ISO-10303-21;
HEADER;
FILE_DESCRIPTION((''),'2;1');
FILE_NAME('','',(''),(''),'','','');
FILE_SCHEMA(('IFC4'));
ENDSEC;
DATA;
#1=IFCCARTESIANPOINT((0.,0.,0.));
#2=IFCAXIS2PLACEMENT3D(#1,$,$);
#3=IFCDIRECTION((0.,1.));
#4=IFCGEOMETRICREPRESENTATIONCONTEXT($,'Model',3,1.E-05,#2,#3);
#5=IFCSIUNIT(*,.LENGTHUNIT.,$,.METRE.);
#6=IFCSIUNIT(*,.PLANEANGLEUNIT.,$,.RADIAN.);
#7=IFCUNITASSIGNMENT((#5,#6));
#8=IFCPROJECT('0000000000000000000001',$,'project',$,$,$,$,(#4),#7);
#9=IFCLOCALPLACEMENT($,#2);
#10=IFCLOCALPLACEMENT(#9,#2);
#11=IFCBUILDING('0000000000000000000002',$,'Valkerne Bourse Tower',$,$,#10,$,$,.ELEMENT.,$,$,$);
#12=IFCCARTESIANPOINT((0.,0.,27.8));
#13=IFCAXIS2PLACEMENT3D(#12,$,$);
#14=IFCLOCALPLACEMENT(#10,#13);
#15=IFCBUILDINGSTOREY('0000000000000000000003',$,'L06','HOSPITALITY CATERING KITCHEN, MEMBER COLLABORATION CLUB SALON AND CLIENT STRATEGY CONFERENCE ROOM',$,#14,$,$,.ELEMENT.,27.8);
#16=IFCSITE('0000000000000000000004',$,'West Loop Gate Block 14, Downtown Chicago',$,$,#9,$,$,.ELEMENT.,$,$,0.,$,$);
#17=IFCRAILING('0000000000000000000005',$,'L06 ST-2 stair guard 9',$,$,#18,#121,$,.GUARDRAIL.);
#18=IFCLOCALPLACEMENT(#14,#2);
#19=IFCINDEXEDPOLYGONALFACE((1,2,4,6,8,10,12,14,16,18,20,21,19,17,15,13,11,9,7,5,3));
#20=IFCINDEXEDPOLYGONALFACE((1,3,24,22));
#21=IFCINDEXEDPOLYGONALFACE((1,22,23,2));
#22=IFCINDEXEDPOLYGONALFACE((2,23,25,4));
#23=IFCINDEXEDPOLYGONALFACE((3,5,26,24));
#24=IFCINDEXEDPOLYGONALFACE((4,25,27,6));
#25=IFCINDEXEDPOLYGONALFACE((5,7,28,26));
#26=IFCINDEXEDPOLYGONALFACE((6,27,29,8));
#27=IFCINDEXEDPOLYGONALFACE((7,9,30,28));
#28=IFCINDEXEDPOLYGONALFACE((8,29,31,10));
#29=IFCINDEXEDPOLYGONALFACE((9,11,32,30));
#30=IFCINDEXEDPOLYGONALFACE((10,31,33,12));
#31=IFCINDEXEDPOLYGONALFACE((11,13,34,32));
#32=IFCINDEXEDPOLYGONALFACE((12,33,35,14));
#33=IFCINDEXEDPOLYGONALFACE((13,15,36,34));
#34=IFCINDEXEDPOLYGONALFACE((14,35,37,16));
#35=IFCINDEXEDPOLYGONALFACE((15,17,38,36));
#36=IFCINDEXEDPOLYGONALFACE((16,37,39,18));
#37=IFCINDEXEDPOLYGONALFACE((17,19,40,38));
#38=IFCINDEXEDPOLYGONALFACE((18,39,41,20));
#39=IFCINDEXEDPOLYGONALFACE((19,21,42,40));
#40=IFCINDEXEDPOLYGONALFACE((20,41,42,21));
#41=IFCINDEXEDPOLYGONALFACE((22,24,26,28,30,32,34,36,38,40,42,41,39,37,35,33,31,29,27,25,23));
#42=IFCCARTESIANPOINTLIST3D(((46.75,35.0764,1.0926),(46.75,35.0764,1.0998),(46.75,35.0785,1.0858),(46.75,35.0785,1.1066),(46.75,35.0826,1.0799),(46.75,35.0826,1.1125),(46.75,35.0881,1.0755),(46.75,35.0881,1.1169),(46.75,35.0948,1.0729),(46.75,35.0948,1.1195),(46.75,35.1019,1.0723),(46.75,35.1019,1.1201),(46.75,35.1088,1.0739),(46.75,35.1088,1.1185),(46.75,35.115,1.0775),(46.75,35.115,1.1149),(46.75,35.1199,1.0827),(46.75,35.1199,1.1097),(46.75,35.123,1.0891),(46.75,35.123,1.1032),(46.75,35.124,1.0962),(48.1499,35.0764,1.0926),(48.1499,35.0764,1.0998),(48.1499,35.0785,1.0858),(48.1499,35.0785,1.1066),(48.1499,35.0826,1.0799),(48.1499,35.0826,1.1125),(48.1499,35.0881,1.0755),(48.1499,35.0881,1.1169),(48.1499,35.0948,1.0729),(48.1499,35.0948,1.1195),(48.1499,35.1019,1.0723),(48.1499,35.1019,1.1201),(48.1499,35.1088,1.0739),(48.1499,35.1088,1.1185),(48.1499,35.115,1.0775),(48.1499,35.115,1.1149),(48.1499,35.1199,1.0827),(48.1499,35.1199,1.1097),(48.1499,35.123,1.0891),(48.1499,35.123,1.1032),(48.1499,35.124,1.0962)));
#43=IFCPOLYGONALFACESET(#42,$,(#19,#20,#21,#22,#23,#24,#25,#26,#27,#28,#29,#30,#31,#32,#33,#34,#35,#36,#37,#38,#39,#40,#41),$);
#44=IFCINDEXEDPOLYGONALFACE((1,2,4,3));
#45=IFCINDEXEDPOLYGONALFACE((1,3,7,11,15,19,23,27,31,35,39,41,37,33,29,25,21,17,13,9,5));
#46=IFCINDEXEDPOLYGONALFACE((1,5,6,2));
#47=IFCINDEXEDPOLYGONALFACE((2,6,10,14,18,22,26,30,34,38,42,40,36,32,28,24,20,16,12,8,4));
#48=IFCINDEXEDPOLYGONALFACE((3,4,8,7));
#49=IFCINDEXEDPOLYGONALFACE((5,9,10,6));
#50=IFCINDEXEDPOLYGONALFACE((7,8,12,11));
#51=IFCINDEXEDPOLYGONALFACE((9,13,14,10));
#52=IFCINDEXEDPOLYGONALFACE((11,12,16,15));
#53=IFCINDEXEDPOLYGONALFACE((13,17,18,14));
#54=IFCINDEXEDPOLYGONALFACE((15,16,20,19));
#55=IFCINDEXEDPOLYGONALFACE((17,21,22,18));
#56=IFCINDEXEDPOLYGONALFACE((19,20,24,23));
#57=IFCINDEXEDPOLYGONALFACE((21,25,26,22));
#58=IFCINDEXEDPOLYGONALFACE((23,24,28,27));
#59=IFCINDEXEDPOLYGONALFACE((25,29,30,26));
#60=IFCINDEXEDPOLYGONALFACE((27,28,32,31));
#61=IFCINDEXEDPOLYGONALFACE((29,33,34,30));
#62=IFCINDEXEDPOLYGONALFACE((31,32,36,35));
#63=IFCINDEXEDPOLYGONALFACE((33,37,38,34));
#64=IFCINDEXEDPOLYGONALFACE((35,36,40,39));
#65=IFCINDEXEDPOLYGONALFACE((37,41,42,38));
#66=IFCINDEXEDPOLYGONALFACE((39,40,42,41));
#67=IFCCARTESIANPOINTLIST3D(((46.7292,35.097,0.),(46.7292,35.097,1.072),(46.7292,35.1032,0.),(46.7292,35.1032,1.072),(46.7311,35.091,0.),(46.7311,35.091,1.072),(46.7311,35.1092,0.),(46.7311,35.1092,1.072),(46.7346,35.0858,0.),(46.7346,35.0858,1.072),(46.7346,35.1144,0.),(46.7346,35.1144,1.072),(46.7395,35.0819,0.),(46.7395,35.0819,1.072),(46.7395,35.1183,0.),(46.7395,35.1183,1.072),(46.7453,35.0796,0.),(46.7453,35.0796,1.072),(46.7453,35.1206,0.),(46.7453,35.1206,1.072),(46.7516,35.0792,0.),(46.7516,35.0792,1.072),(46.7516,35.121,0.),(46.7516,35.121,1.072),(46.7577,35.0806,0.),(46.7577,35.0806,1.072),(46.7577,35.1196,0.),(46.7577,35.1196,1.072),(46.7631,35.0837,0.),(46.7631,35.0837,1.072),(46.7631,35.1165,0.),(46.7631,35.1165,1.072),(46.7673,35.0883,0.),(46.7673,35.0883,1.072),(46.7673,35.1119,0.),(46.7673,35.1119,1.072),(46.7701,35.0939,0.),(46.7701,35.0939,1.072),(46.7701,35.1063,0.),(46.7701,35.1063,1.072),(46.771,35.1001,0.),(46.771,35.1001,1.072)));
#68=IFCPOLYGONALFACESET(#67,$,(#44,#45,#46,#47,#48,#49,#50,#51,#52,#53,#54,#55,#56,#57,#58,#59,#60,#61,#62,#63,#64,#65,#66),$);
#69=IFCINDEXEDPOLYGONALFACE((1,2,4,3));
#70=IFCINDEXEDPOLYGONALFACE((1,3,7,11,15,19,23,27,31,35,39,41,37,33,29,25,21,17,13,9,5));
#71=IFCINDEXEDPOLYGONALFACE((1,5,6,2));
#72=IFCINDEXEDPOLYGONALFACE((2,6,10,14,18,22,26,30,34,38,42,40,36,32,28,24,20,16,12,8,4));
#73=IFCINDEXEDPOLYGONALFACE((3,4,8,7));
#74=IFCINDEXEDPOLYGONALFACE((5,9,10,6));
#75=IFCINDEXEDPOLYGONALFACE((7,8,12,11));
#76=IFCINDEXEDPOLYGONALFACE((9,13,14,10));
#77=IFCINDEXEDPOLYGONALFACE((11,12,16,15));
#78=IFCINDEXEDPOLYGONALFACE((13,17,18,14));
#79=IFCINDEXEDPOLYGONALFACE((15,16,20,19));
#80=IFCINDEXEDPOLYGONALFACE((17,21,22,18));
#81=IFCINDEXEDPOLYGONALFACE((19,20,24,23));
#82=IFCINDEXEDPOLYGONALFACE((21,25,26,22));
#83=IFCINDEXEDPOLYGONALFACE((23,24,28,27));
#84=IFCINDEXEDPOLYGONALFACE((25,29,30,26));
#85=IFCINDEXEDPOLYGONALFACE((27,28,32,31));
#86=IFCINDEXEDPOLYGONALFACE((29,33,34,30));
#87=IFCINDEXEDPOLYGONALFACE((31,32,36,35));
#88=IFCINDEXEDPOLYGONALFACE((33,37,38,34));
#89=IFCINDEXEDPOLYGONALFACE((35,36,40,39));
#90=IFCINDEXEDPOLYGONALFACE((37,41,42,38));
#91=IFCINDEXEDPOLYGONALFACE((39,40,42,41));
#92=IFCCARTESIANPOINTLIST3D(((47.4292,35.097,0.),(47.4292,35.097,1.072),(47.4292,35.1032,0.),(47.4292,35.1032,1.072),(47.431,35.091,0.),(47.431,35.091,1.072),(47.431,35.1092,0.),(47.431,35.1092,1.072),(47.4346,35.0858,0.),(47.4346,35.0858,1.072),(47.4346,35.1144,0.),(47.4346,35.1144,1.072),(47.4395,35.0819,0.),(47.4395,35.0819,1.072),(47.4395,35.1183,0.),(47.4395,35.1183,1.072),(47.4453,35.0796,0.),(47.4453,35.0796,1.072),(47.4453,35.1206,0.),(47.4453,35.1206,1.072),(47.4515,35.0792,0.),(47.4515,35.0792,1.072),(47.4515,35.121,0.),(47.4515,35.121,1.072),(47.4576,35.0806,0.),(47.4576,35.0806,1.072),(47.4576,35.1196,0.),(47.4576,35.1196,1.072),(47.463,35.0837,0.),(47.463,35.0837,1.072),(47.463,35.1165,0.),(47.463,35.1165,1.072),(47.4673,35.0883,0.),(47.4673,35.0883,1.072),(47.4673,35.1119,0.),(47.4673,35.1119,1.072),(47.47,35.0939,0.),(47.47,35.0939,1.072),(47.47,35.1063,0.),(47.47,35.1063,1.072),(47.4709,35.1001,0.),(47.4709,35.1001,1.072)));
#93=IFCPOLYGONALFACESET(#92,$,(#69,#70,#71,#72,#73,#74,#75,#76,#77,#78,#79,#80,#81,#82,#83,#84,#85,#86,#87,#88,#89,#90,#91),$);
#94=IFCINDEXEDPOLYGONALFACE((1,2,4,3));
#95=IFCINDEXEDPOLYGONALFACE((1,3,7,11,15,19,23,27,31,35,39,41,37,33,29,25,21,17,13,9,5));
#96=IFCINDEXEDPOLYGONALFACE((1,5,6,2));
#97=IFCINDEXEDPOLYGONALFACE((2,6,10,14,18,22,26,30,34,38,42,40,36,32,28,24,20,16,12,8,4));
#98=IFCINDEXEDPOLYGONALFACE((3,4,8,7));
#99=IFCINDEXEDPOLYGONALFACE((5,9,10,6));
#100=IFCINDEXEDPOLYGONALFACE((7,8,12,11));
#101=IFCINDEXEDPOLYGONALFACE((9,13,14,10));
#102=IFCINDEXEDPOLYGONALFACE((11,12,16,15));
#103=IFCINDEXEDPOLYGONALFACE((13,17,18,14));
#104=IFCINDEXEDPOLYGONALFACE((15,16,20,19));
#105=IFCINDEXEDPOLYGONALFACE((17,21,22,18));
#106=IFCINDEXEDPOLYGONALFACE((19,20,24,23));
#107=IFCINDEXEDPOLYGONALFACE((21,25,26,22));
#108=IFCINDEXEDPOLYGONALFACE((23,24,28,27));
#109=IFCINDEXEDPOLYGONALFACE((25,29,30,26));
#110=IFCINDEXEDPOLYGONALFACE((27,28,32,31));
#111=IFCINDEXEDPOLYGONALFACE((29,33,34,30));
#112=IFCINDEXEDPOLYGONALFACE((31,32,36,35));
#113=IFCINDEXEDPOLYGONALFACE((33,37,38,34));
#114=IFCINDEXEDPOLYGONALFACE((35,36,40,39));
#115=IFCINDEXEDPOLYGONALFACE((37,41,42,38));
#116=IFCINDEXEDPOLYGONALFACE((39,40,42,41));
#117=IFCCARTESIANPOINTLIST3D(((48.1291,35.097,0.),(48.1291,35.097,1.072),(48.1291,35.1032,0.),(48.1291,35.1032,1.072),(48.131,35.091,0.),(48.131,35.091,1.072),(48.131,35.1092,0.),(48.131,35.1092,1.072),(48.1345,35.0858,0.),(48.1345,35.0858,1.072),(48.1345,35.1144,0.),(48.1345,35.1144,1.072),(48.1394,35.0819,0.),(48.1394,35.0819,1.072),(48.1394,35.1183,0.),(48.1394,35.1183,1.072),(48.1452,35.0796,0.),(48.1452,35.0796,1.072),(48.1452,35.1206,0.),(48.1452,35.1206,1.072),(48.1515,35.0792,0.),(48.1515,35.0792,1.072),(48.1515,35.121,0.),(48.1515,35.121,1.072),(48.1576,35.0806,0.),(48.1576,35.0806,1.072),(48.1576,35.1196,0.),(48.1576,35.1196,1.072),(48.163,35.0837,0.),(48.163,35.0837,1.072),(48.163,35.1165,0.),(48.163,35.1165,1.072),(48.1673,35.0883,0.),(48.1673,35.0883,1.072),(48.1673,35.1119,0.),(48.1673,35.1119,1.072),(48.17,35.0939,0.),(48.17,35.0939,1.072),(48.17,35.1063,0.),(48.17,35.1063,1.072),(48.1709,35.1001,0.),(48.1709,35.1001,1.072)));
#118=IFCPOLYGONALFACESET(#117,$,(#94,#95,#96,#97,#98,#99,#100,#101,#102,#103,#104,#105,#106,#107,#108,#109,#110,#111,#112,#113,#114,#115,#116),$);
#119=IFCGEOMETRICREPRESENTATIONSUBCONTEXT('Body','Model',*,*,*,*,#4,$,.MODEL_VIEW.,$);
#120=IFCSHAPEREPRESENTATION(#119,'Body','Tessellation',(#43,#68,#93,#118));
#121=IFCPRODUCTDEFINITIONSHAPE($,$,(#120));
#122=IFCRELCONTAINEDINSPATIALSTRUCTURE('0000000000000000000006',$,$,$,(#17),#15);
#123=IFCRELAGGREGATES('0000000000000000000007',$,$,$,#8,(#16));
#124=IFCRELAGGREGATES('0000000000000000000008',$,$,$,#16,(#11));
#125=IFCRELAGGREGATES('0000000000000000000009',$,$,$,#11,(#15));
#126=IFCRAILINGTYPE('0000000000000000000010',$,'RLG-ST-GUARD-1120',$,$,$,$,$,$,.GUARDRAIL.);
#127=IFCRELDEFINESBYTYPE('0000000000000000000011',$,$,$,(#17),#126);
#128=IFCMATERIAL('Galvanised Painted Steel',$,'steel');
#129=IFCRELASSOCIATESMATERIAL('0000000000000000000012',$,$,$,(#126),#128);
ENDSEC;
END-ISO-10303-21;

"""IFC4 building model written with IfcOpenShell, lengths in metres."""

from ifc_helpers import new_model, si_unit, direction, frame, origin, origin_2d, place, context, subcontext, project, spatial, circle, extrude, material, type_object, element, save


model = new_model("IFC4")

# Units and contexts
model_context = context("Model", 3, precision=1e-05, world=origin(), true_north=direction((0.0, 1.0)))
body_context = subcontext(model_context, "Body", "Model", "MODEL_VIEW")
ifc_project = project(units=[si_unit("LENGTHUNIT", "METRE"), si_unit("PLANEANGLEUNIT", "RADIAN")], contexts=[model_context])

# Site, building, storey
site_placement = place(None, origin())
site = spatial("IfcSite", under=ifc_project, at=site_placement, Name="West Loop Gate Block 14, Downtown Chicago", CompositionType="ELEMENT", RefElevation=0.0)
building_placement = place(site_placement, origin())
building = spatial("IfcBuilding", under=site, at=building_placement, Name="Valkerne Bourse Tower", CompositionType="ELEMENT")
storey_placement = place(building_placement, frame((0.0, 0.0, 27.8)))
storey = spatial("IfcBuildingStorey", under=building, at=storey_placement, Name="L06", Description="HOSPITALITY CATERING KITCHEN, MEMBER COLLABORATION CLUB SALON AND CLIENT STRATEGY CONFERENCE ROOM", CompositionType="ELEMENT", Elevation=27.8)

# Shared definitions
ifc_material_1 = material(Name="Galvanised Painted Steel", Category="steel")

# Railing
railing_type_1 = type_object("IfcRailingType", Name="RLG-ST-GUARD-1120", PredefinedType="GUARDRAIL", material=ifc_material_1)
for number, where, name in (
    (1, (46.75, 35.1001, 0.0), "L06 ST-2 stair guard 9"),
):
    element("IfcRailing", number, at=place(storey_placement, frame(where)), inside=storey, type_object=railing_type_1, Name=name, PredefinedType="GUARDRAIL", context=body_context, shape_type="SweptSolid", body=[
        extrude(circle(Radius=0.0239, at=origin_2d()), frame((0.0, 0.0, 1.0962), z_axis=(1.0, 0.0, 0.0), x_axis=(0.0, 1.0, 0.0)), (0.0, 0.0, 1.0), 1.3999),
        extrude(circle(Radius=0.021, at=origin_2d()), origin(), (0.0, 0.0, 1.0), 1.072),
        extrude(circle(Radius=0.021, at=origin_2d()), frame((0.7, 0.0, 0.0)), (0.0, 0.0, 1.0), 1.072),
        extrude(circle(Radius=0.021, at=origin_2d()), frame((1.3999, 0.0, 0.0)), (0.0, 0.0, 1.0), 1.072),
    ])

save(model, "model.ifc")
